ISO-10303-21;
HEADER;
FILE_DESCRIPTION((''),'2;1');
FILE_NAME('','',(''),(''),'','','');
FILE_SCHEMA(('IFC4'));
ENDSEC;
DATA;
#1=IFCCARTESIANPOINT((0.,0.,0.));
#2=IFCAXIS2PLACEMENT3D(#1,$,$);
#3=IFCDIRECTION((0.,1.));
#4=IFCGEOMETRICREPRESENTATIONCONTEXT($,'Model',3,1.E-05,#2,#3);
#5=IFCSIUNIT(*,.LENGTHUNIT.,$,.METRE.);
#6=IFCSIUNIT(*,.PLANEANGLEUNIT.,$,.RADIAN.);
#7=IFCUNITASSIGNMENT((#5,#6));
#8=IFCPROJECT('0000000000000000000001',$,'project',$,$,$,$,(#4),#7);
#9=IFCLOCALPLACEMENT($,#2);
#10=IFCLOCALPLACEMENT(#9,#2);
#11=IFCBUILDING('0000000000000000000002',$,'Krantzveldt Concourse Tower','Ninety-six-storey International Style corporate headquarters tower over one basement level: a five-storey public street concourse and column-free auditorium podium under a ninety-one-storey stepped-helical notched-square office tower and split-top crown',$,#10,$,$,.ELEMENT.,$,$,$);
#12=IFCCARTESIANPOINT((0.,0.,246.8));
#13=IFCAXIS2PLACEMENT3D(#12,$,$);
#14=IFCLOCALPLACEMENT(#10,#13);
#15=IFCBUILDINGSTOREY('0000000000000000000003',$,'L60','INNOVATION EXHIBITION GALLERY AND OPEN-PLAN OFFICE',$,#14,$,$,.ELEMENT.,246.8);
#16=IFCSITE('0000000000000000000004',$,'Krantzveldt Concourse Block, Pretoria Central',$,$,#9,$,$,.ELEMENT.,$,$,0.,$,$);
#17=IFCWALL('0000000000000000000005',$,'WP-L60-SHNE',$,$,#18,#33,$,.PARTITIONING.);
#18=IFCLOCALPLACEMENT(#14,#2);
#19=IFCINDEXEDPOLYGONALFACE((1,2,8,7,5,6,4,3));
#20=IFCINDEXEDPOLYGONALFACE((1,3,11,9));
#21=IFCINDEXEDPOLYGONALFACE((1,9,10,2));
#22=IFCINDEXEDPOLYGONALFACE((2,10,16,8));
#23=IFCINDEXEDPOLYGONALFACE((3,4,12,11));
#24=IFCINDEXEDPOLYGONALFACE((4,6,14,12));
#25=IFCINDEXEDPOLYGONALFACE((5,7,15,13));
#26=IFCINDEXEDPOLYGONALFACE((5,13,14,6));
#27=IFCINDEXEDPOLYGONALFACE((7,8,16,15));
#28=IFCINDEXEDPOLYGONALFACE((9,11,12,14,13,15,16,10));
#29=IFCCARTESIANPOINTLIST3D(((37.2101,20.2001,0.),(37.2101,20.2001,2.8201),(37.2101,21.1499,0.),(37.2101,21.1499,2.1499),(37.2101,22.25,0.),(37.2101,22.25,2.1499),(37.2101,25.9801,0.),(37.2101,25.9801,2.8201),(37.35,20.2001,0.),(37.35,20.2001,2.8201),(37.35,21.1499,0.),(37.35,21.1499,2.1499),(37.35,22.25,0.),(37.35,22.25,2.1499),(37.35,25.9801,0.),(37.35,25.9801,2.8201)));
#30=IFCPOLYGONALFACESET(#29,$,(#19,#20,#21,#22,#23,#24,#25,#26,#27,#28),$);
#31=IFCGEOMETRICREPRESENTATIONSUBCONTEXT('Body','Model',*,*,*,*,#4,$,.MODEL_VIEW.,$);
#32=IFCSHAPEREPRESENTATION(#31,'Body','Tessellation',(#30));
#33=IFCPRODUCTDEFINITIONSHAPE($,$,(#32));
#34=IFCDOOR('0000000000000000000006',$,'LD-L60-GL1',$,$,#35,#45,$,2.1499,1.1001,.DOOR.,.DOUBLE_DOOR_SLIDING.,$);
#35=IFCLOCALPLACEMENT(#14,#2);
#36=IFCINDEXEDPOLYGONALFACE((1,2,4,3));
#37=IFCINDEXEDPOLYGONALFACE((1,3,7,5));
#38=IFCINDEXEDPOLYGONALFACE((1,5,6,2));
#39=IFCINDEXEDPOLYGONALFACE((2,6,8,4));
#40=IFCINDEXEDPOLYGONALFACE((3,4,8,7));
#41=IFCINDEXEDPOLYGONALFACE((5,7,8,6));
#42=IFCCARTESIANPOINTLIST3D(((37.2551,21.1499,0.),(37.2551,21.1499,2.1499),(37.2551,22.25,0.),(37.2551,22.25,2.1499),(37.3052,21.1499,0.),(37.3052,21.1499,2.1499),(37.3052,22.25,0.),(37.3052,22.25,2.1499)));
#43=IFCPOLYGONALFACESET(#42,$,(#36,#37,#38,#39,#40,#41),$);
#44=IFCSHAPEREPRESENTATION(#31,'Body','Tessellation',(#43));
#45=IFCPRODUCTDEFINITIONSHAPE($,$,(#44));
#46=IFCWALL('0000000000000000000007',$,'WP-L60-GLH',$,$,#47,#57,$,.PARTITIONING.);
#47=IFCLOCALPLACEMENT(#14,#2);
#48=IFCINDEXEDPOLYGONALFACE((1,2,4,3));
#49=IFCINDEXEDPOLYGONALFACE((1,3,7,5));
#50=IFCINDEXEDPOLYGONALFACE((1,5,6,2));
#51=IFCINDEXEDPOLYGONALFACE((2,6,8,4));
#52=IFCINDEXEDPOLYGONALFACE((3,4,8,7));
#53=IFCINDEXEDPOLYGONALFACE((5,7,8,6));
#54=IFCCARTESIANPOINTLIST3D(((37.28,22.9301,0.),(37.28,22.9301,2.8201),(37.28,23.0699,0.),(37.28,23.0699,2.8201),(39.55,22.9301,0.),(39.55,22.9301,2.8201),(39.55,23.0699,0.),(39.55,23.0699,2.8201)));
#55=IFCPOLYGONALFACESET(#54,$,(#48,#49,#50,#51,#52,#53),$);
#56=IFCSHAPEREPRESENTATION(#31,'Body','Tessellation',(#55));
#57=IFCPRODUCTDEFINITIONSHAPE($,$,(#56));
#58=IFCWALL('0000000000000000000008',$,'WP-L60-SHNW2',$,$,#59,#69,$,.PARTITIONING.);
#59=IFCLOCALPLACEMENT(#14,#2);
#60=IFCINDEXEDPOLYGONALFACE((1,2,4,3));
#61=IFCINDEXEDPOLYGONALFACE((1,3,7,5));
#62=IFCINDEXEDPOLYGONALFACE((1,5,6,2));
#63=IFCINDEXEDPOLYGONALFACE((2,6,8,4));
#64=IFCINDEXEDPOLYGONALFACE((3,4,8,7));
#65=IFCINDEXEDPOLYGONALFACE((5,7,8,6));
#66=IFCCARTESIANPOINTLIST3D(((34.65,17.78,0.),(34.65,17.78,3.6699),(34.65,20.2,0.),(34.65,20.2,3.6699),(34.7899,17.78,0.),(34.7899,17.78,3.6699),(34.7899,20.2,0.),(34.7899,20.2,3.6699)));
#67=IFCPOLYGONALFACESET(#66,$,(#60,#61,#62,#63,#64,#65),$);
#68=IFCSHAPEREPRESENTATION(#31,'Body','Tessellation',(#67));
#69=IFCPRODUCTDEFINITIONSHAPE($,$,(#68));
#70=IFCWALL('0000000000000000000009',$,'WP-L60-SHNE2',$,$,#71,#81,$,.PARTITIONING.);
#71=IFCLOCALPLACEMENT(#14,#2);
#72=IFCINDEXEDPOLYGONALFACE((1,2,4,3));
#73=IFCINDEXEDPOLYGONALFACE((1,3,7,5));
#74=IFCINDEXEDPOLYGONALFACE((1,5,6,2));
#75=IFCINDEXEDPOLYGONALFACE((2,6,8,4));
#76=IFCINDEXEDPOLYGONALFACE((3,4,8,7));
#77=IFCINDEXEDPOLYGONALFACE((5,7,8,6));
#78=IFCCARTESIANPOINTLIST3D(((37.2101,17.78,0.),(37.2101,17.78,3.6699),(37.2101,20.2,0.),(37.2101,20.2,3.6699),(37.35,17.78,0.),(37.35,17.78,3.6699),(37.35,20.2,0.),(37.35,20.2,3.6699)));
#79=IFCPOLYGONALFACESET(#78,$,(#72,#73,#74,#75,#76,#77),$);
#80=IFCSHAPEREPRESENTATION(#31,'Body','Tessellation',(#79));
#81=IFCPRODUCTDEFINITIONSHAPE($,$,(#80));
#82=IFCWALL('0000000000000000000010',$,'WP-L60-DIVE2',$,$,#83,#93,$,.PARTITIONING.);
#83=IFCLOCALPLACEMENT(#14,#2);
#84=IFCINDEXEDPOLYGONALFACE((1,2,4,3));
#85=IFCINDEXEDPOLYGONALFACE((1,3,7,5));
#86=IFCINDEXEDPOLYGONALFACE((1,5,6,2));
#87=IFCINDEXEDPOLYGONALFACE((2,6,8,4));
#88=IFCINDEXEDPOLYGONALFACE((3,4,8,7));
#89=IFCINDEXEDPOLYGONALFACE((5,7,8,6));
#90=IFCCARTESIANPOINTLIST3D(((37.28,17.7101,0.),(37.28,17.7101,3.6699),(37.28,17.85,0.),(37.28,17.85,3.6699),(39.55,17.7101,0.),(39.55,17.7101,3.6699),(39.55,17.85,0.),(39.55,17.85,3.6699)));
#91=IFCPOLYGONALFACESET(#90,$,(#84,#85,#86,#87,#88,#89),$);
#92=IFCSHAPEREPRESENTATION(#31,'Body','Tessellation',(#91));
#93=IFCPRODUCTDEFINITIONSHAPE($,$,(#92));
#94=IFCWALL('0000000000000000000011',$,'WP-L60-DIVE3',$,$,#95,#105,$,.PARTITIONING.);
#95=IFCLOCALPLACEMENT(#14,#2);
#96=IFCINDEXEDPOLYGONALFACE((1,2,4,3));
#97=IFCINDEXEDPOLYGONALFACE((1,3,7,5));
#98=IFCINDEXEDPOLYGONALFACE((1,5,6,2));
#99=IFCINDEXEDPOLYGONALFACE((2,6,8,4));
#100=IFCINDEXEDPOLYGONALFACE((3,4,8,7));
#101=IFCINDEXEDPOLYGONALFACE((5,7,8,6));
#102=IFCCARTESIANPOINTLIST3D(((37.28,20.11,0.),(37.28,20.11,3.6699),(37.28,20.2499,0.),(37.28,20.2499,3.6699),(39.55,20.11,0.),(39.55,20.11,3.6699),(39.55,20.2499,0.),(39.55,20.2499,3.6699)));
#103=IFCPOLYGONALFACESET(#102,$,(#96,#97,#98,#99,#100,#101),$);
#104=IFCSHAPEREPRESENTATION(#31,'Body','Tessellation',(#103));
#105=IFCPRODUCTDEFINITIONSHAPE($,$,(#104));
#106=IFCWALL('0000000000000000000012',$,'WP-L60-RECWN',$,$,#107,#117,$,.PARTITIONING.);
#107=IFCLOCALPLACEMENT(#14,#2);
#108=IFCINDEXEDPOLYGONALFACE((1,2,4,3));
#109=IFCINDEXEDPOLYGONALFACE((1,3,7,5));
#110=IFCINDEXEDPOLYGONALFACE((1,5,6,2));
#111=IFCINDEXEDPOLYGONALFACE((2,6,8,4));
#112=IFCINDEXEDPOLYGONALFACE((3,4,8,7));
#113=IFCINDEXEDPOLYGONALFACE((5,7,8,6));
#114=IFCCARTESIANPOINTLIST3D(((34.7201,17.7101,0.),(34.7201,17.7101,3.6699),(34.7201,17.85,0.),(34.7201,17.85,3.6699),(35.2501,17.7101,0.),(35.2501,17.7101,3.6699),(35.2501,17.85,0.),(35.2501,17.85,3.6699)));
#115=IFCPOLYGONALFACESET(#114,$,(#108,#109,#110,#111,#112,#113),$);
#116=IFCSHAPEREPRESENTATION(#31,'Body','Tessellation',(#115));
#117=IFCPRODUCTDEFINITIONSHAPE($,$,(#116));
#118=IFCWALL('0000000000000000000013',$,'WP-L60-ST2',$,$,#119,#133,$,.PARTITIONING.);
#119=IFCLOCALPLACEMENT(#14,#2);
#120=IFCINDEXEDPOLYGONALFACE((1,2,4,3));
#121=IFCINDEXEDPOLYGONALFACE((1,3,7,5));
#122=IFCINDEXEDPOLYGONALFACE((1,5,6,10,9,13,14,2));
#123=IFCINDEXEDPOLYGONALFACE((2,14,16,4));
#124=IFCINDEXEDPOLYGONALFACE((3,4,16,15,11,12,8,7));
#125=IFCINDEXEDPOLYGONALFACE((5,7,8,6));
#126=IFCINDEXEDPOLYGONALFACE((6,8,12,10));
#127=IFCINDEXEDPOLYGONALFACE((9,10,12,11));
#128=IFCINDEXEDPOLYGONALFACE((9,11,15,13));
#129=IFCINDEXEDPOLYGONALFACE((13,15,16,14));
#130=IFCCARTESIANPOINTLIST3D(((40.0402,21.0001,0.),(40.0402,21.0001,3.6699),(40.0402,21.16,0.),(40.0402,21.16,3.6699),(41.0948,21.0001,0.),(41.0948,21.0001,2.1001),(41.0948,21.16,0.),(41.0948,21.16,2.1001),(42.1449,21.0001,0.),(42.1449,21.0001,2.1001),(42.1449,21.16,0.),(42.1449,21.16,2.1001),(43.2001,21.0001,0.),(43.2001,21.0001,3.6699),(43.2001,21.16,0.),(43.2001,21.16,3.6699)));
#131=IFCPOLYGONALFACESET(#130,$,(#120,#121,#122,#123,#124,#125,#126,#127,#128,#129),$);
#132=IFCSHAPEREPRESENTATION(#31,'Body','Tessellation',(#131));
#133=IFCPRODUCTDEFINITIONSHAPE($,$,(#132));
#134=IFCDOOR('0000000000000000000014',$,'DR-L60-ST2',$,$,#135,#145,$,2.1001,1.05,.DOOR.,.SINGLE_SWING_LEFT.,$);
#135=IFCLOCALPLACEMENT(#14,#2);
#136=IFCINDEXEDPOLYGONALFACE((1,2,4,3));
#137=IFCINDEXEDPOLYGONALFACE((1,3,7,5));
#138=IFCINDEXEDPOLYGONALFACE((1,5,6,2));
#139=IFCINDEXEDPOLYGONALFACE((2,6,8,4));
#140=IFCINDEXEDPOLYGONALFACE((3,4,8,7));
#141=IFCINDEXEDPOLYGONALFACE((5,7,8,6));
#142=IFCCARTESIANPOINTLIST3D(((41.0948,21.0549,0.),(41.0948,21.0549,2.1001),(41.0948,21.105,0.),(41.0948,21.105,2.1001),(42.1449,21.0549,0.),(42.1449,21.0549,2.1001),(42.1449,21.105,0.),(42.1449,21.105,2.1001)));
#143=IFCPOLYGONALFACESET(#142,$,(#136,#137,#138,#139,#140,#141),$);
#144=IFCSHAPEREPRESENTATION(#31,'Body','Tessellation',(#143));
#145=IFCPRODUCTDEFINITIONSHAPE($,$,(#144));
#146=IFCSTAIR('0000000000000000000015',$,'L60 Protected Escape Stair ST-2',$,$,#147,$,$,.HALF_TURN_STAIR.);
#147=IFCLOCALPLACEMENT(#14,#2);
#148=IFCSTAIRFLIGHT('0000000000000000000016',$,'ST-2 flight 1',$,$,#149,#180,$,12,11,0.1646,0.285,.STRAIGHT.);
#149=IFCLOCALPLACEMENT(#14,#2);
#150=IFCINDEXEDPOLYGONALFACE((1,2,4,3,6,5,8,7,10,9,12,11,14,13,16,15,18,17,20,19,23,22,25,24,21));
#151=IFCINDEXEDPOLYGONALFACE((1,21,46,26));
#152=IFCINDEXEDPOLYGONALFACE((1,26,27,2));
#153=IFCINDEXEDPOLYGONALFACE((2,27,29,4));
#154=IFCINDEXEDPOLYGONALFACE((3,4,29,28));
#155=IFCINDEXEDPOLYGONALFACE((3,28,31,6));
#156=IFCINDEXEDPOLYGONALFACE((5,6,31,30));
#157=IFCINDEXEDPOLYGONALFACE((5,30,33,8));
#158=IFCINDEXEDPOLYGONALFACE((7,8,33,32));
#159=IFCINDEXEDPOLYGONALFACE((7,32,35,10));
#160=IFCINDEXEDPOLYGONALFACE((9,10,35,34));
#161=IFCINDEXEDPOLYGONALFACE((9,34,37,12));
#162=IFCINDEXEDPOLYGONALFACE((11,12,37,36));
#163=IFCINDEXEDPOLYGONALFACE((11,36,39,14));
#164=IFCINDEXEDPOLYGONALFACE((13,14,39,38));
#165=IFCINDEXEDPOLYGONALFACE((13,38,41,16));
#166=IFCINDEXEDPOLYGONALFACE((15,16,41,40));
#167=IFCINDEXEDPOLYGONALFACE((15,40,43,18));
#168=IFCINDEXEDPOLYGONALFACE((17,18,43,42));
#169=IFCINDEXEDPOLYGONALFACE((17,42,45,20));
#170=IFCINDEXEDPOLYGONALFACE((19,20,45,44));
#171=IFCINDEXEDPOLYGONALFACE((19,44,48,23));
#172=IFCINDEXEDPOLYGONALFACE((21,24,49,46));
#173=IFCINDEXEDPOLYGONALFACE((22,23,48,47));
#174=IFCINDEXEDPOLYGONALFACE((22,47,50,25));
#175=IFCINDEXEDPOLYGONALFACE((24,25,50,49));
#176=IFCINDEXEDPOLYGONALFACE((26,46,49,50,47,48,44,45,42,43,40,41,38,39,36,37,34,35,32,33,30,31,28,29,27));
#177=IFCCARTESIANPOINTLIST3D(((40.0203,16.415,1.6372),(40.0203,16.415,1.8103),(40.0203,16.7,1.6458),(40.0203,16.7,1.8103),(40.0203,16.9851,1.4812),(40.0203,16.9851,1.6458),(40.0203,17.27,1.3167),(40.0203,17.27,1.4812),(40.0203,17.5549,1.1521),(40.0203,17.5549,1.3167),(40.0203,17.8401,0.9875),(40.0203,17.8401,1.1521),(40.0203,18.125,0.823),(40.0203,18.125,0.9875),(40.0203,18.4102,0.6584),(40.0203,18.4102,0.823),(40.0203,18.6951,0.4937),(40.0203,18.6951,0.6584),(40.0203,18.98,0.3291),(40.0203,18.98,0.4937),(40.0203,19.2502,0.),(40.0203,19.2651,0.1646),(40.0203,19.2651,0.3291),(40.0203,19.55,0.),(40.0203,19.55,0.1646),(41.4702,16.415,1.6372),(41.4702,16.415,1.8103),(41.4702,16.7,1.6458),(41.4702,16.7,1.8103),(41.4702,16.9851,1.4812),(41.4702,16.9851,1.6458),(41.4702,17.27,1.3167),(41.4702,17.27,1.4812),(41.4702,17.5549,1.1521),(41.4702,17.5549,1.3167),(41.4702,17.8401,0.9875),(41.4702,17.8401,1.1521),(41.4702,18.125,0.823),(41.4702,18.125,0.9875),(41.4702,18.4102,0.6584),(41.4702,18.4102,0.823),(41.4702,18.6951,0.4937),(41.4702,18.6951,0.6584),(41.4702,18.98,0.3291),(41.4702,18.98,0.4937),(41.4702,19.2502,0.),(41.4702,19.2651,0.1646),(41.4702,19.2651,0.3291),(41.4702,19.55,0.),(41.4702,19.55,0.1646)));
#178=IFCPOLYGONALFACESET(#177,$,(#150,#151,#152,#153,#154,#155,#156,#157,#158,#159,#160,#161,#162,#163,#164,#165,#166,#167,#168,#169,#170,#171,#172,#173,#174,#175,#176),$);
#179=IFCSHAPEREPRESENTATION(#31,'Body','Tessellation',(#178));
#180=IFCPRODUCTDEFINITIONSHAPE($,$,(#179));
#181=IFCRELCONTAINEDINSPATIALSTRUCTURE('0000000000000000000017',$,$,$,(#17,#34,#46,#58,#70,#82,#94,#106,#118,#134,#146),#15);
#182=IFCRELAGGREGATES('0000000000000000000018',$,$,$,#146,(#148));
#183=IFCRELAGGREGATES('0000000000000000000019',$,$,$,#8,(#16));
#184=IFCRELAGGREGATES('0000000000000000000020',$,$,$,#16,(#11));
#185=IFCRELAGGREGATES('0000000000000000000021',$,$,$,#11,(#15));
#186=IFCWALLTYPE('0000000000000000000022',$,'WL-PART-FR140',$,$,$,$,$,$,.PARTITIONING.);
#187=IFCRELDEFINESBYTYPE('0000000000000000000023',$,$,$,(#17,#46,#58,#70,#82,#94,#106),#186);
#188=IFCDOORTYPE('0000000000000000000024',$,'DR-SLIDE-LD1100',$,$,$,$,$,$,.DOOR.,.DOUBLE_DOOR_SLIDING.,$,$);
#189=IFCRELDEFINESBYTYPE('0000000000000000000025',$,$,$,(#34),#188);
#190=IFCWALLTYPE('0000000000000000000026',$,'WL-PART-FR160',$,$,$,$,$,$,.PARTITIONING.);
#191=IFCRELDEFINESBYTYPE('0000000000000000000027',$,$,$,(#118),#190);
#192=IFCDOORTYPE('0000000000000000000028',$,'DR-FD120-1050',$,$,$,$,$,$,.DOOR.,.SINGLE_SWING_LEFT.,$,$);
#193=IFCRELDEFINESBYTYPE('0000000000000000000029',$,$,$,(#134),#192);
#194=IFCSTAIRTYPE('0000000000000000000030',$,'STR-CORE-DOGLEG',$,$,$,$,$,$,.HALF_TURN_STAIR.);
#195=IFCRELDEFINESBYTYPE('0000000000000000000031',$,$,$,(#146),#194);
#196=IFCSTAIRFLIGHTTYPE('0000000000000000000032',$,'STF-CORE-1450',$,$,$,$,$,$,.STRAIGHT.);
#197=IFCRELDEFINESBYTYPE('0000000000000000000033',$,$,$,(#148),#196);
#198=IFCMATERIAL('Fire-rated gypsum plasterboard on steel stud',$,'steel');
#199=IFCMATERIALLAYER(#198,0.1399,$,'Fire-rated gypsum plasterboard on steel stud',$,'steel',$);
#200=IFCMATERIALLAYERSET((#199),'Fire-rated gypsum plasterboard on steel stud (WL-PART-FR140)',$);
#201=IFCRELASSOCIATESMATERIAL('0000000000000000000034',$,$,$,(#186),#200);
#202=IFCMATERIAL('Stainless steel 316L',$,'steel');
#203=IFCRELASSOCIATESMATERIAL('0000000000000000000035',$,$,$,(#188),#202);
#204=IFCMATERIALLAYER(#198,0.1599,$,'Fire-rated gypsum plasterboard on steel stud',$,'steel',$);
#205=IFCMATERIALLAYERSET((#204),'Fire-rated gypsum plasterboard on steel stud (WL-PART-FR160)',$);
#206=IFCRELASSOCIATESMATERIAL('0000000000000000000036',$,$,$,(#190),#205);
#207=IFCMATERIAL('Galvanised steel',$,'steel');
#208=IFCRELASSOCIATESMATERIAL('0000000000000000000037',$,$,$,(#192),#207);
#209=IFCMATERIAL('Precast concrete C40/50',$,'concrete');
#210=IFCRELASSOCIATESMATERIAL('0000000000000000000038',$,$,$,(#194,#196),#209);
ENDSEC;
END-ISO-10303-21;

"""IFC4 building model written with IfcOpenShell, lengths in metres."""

from ifc_helpers import new_model, si_unit, direction, frame, frame_2d, origin, place, context, subcontext, project, spatial, polyline, rectangle, outline, extrude, material, layer, layer_set, type_object, element, fill, aggregate, save


model = new_model("IFC4")

# Units and contexts
model_context = context("Model", 3, precision=1e-05, world=origin(), true_north=direction((0.0, 1.0)))
body_context = subcontext(model_context, "Body", "Model", "MODEL_VIEW")
ifc_project = project(units=[si_unit("LENGTHUNIT", "METRE"), si_unit("PLANEANGLEUNIT", "RADIAN")], contexts=[model_context])

# Site, building, storey
site_placement = place(None, origin())
site = spatial("IfcSite", under=ifc_project, at=site_placement, Name="Krantzveldt Concourse Block, Pretoria Central", CompositionType="ELEMENT", RefElevation=0.0)
building_placement = place(site_placement, origin())
building = spatial("IfcBuilding", under=site, at=building_placement, Name="Krantzveldt Concourse Tower", Description="Ninety-six-storey International Style corporate headquarters tower over one basement level: a five-storey public street concourse and column-free auditorium podium under a ninety-one-storey stepped-helical notched-square office tower and split-top crown", CompositionType="ELEMENT")
storey_placement = place(building_placement, frame((0.0, 0.0, 246.8)))
storey = spatial("IfcBuildingStorey", under=building, at=storey_placement, Name="L60", Description="INNOVATION EXHIBITION GALLERY AND OPEN-PLAN OFFICE", CompositionType="ELEMENT", Elevation=246.8)

# Wall, opening, door
ifc_material_1 = material(Name="Fire-rated gypsum plasterboard on steel stud", Category="steel")
ifc_layer_1 = layer(ifc_material_1, 0.1399, Name="Fire-rated gypsum plasterboard on steel stud", Category="steel")
ifc_layer_set_1 = layer_set([ifc_layer_1], Name="Fire-rated gypsum plasterboard on steel stud (WL-PART-FR140)")
wall_type_1 = type_object("IfcWallType", Name="WL-PART-FR140", PredefinedType="PARTITIONING", material=ifc_layer_set_1)
wall_1_placement = place(storey_placement, frame((37.28, 20.2, 0.0), z_axis=(0.0, 0.0, 1.0), x_axis=(0.0, 1.0, 0.0)))
wall_1 = element("IfcWall", 1, at=wall_1_placement, inside=storey, type_object=wall_type_1, Name="WP-L60-SHNE", PredefinedType="PARTITIONING", context=body_context, shape_type="SweptSolid", body=[
    extrude(rectangle(XDim=5.78, YDim=0.1399, at=frame_2d((2.8901, 0.0))), origin(), (0.0, 0.0, 1.0), 2.8201),
])
opening_1_placement = place(wall_1_placement, frame((0.95, 0.0, 0.0)))
opening_1 = element("IfcOpeningElement", 2, at=opening_1_placement, cuts=wall_1, PredefinedType="OPENING", context=body_context, shape_type="SweptSolid", body=[
    extrude(rectangle(XDim=1.1001, YDim=2.1499, at=frame_2d((0.55, 1.075))), frame((0.0, 0.0801, 0.0), z_axis=(0.0, -1.0, 0.0), x_axis=(1.0, 0.0, 0.0)), (0.0, 0.0, 1.0), 0.1599),
])
ifc_material_2 = material(Name="Stainless steel 316L", Category="steel")
door_type_1 = type_object("IfcDoorType", Name="DR-SLIDE-LD1100", OperationType="DOUBLE_DOOR_SLIDING", PredefinedType="DOOR", material=ifc_material_2)
door_1_placement = place(opening_1_placement, origin())
door_1 = element("IfcDoor", 3, at=door_1_placement, inside=storey, type_object=door_type_1, Name="LD-L60-GL1", OperationType="DOUBLE_DOOR_SLIDING", OverallHeight=2.1499, OverallWidth=1.1001, PredefinedType="DOOR", context=body_context, shape_type="SweptSolid", body=[
    extrude(rectangle(XDim=1.1001, YDim=2.1499, at=frame_2d((0.55, 1.075))), frame((0.0, 0.0249, 0.0), z_axis=(0.0, -1.0, 0.0), x_axis=(1.0, 0.0, 0.0)), (0.0, 0.0, 1.0), 0.05),
])
fill(opening_1, door_1)

# Walls
wall_2_placement = place(storey_placement, frame((37.28, 23.0, 0.0), z_axis=(0.0, 0.0, 1.0), x_axis=(1.0, 0.0, 0.0)))
element("IfcWall", 4, at=wall_2_placement, inside=storey, type_object=wall_type_1, Name="WP-L60-GLH", PredefinedType="PARTITIONING", context=body_context, shape_type="SweptSolid", body=[
    extrude(rectangle(XDim=2.27, YDim=0.1399, at=frame_2d((1.135, 0.0))), origin(), (0.0, 0.0, 1.0), 2.8201),
])
for number, where, z_axis, x_axis, name in (
    (5, (34.72, 17.78, 0.0), (0.0, 0.0, 1.0), (0.0, 1.0, 0.0), "WP-L60-SHNW2"),
    (6, (37.28, 17.78, 0.0), (0.0, 0.0, 1.0), (0.0, 1.0, 0.0), "WP-L60-SHNE2"),
):
    element("IfcWall", number, at=place(storey_placement, frame(where, z_axis=z_axis, x_axis=x_axis)), inside=storey, type_object=wall_type_1, Name=name, PredefinedType="PARTITIONING", context=body_context, shape_type="SweptSolid", body=[
        extrude(rectangle(XDim=2.4199, YDim=0.1399, at=frame_2d((1.21, 0.0))), origin(), (0.0, 0.0, 1.0), 3.6699),
    ])
for number, where, z_axis, x_axis, name in (
    (7, (37.28, 17.78, 0.0), (0.0, 0.0, 1.0), (1.0, 0.0, 0.0), "WP-L60-DIVE2"),
    (8, (37.28, 20.1799, 0.0), (0.0, 0.0, 1.0), (1.0, 0.0, 0.0), "WP-L60-DIVE3"),
):
    element("IfcWall", number, at=place(storey_placement, frame(where, z_axis=z_axis, x_axis=x_axis)), inside=storey, type_object=wall_type_1, Name=name, PredefinedType="PARTITIONING", context=body_context, shape_type="SweptSolid", body=[
        extrude(rectangle(XDim=2.27, YDim=0.1399, at=frame_2d((1.135, 0.0))), origin(), (0.0, 0.0, 1.0), 3.6699),
    ])
wall_3_placement = place(storey_placement, frame((34.72, 17.78, 0.0), z_axis=(0.0, 0.0, 1.0), x_axis=(1.0, 0.0, 0.0)))
element("IfcWall", 9, at=wall_3_placement, inside=storey, type_object=wall_type_1, Name="WP-L60-RECWN", PredefinedType="PARTITIONING", context=body_context, shape_type="SweptSolid", body=[
    extrude(rectangle(XDim=0.53, YDim=0.1399, at=frame_2d((0.2651, 0.0))), origin(), (0.0, 0.0, 1.0), 3.6699),
])

# Wall, opening, door
ifc_layer_2 = layer(ifc_material_1, 0.1599, Name="Fire-rated gypsum plasterboard on steel stud", Category="steel")
ifc_layer_set_2 = layer_set([ifc_layer_2], Name="Fire-rated gypsum plasterboard on steel stud (WL-PART-FR160)")
wall_type_2 = type_object("IfcWallType", Name="WL-PART-FR160", PredefinedType="PARTITIONING", material=ifc_layer_set_2)
wall_4_placement = place(storey_placement, frame((40.04, 21.0801, 0.0), z_axis=(0.0, 0.0, 1.0), x_axis=(1.0, 0.0, 0.0)))
wall_4 = element("IfcWall", 10, at=wall_4_placement, inside=storey, type_object=wall_type_2, Name="WP-L60-ST2", PredefinedType="PARTITIONING", context=body_context, shape_type="SweptSolid", body=[
    extrude(rectangle(XDim=3.1599, YDim=0.1599, at=frame_2d((1.5801, 0.0))), origin(), (0.0, 0.0, 1.0), 3.6699),
])
opening_2_placement = place(wall_4_placement, frame((1.0549, 0.0, 0.0)))
opening_2 = element("IfcOpeningElement", 11, at=opening_2_placement, cuts=wall_4, PredefinedType="OPENING", context=body_context, shape_type="SweptSolid", body=[
    extrude(rectangle(XDim=1.05, YDim=2.1001, at=frame_2d((0.5249, 1.05))), frame((0.0, 0.0898, 0.0), z_axis=(0.0, -1.0, 0.0), x_axis=(1.0, 0.0, 0.0)), (0.0, 0.0, 1.0), 0.1799),
])
ifc_material_3 = material(Name="Galvanised steel", Category="steel")
door_type_2 = type_object("IfcDoorType", Name="DR-FD120-1050", OperationType="SINGLE_SWING_LEFT", PredefinedType="DOOR", material=ifc_material_3)
door_2_placement = place(opening_2_placement, origin())
door_2 = element("IfcDoor", 12, at=door_2_placement, inside=storey, type_object=door_type_2, Name="DR-L60-ST2", OperationType="SINGLE_SWING_LEFT", OverallHeight=2.1001, OverallWidth=1.05, PredefinedType="DOOR", context=body_context, shape_type="SweptSolid", body=[
    extrude(rectangle(XDim=1.05, YDim=2.1001, at=frame_2d((0.5249, 1.05))), frame((0.0, 0.0249, 0.0), z_axis=(0.0, -1.0, 0.0), x_axis=(1.0, 0.0, 0.0)), (0.0, 0.0, 1.0), 0.05),
])
fill(opening_2, door_2)

# Stair, stair flight
ifc_material_4 = material(Name="Precast concrete C40/50", Category="concrete")
stair_type = type_object("IfcStairType", Name="STR-CORE-DOGLEG", PredefinedType="HALF_TURN_STAIR", material=ifc_material_4)
stair_placement = place(storey_placement, origin())
stair = element("IfcStair", 13, at=stair_placement, inside=storey, type_object=stair_type, Name="L60 Protected Escape Stair ST-2", PredefinedType="HALF_TURN_STAIR")
stair_flight_type = type_object("IfcStairFlightType", Name="STF-CORE-1450", PredefinedType="STRAIGHT", material=ifc_material_4)
stair_flight_1_placement = place(storey_placement, frame((40.7451, 19.55, 0.0), z_axis=(0.0, 0.0, 1.0), x_axis=(0.0, -1.0, 0.0)))
stair_flight_1 = element("IfcStairFlight", 14, at=stair_flight_1_placement, type_object=stair_flight_type, Name="ST-2 flight 1", NumberOfRisers=12, NumberOfTreads=11, PredefinedType="STRAIGHT", RiserHeight=0.1646, TreadLength=0.285, context=body_context, shape_type="SweptSolid", body=[
    extrude(outline(polyline([(0.0, 0.0), (0.0, 0.1646), (0.2849, 0.1646), (0.2849, 0.3291), (0.5701, 0.3291), (0.5701, 0.4937), (0.855, 0.4937), (0.855, 0.6584), (1.1399, 0.6584), (1.1399, 0.823), (1.425, 0.823), (1.425, 0.9875), (1.71, 0.9875), (1.71, 1.1521), (1.9951, 1.1521), (1.9951, 1.3167), (2.28, 1.3167), (2.28, 1.4812), (2.5649, 1.4812), (2.5649, 1.6458), (2.8501, 1.6458), (2.8501, 1.8103), (3.135, 1.8103), (3.135, 1.9751), (3.135, 1.6372), (0.2998, 0.0), (0.0, 0.0)])), frame((0.0, 0.7251, 0.0), z_axis=(0.0, -1.0, 0.0), x_axis=(1.0, 0.0, 0.0)), (0.0, 0.0, 1.0), 1.45),
])
aggregate(stair, [stair_flight_1])

save(model, "model.ifc")
